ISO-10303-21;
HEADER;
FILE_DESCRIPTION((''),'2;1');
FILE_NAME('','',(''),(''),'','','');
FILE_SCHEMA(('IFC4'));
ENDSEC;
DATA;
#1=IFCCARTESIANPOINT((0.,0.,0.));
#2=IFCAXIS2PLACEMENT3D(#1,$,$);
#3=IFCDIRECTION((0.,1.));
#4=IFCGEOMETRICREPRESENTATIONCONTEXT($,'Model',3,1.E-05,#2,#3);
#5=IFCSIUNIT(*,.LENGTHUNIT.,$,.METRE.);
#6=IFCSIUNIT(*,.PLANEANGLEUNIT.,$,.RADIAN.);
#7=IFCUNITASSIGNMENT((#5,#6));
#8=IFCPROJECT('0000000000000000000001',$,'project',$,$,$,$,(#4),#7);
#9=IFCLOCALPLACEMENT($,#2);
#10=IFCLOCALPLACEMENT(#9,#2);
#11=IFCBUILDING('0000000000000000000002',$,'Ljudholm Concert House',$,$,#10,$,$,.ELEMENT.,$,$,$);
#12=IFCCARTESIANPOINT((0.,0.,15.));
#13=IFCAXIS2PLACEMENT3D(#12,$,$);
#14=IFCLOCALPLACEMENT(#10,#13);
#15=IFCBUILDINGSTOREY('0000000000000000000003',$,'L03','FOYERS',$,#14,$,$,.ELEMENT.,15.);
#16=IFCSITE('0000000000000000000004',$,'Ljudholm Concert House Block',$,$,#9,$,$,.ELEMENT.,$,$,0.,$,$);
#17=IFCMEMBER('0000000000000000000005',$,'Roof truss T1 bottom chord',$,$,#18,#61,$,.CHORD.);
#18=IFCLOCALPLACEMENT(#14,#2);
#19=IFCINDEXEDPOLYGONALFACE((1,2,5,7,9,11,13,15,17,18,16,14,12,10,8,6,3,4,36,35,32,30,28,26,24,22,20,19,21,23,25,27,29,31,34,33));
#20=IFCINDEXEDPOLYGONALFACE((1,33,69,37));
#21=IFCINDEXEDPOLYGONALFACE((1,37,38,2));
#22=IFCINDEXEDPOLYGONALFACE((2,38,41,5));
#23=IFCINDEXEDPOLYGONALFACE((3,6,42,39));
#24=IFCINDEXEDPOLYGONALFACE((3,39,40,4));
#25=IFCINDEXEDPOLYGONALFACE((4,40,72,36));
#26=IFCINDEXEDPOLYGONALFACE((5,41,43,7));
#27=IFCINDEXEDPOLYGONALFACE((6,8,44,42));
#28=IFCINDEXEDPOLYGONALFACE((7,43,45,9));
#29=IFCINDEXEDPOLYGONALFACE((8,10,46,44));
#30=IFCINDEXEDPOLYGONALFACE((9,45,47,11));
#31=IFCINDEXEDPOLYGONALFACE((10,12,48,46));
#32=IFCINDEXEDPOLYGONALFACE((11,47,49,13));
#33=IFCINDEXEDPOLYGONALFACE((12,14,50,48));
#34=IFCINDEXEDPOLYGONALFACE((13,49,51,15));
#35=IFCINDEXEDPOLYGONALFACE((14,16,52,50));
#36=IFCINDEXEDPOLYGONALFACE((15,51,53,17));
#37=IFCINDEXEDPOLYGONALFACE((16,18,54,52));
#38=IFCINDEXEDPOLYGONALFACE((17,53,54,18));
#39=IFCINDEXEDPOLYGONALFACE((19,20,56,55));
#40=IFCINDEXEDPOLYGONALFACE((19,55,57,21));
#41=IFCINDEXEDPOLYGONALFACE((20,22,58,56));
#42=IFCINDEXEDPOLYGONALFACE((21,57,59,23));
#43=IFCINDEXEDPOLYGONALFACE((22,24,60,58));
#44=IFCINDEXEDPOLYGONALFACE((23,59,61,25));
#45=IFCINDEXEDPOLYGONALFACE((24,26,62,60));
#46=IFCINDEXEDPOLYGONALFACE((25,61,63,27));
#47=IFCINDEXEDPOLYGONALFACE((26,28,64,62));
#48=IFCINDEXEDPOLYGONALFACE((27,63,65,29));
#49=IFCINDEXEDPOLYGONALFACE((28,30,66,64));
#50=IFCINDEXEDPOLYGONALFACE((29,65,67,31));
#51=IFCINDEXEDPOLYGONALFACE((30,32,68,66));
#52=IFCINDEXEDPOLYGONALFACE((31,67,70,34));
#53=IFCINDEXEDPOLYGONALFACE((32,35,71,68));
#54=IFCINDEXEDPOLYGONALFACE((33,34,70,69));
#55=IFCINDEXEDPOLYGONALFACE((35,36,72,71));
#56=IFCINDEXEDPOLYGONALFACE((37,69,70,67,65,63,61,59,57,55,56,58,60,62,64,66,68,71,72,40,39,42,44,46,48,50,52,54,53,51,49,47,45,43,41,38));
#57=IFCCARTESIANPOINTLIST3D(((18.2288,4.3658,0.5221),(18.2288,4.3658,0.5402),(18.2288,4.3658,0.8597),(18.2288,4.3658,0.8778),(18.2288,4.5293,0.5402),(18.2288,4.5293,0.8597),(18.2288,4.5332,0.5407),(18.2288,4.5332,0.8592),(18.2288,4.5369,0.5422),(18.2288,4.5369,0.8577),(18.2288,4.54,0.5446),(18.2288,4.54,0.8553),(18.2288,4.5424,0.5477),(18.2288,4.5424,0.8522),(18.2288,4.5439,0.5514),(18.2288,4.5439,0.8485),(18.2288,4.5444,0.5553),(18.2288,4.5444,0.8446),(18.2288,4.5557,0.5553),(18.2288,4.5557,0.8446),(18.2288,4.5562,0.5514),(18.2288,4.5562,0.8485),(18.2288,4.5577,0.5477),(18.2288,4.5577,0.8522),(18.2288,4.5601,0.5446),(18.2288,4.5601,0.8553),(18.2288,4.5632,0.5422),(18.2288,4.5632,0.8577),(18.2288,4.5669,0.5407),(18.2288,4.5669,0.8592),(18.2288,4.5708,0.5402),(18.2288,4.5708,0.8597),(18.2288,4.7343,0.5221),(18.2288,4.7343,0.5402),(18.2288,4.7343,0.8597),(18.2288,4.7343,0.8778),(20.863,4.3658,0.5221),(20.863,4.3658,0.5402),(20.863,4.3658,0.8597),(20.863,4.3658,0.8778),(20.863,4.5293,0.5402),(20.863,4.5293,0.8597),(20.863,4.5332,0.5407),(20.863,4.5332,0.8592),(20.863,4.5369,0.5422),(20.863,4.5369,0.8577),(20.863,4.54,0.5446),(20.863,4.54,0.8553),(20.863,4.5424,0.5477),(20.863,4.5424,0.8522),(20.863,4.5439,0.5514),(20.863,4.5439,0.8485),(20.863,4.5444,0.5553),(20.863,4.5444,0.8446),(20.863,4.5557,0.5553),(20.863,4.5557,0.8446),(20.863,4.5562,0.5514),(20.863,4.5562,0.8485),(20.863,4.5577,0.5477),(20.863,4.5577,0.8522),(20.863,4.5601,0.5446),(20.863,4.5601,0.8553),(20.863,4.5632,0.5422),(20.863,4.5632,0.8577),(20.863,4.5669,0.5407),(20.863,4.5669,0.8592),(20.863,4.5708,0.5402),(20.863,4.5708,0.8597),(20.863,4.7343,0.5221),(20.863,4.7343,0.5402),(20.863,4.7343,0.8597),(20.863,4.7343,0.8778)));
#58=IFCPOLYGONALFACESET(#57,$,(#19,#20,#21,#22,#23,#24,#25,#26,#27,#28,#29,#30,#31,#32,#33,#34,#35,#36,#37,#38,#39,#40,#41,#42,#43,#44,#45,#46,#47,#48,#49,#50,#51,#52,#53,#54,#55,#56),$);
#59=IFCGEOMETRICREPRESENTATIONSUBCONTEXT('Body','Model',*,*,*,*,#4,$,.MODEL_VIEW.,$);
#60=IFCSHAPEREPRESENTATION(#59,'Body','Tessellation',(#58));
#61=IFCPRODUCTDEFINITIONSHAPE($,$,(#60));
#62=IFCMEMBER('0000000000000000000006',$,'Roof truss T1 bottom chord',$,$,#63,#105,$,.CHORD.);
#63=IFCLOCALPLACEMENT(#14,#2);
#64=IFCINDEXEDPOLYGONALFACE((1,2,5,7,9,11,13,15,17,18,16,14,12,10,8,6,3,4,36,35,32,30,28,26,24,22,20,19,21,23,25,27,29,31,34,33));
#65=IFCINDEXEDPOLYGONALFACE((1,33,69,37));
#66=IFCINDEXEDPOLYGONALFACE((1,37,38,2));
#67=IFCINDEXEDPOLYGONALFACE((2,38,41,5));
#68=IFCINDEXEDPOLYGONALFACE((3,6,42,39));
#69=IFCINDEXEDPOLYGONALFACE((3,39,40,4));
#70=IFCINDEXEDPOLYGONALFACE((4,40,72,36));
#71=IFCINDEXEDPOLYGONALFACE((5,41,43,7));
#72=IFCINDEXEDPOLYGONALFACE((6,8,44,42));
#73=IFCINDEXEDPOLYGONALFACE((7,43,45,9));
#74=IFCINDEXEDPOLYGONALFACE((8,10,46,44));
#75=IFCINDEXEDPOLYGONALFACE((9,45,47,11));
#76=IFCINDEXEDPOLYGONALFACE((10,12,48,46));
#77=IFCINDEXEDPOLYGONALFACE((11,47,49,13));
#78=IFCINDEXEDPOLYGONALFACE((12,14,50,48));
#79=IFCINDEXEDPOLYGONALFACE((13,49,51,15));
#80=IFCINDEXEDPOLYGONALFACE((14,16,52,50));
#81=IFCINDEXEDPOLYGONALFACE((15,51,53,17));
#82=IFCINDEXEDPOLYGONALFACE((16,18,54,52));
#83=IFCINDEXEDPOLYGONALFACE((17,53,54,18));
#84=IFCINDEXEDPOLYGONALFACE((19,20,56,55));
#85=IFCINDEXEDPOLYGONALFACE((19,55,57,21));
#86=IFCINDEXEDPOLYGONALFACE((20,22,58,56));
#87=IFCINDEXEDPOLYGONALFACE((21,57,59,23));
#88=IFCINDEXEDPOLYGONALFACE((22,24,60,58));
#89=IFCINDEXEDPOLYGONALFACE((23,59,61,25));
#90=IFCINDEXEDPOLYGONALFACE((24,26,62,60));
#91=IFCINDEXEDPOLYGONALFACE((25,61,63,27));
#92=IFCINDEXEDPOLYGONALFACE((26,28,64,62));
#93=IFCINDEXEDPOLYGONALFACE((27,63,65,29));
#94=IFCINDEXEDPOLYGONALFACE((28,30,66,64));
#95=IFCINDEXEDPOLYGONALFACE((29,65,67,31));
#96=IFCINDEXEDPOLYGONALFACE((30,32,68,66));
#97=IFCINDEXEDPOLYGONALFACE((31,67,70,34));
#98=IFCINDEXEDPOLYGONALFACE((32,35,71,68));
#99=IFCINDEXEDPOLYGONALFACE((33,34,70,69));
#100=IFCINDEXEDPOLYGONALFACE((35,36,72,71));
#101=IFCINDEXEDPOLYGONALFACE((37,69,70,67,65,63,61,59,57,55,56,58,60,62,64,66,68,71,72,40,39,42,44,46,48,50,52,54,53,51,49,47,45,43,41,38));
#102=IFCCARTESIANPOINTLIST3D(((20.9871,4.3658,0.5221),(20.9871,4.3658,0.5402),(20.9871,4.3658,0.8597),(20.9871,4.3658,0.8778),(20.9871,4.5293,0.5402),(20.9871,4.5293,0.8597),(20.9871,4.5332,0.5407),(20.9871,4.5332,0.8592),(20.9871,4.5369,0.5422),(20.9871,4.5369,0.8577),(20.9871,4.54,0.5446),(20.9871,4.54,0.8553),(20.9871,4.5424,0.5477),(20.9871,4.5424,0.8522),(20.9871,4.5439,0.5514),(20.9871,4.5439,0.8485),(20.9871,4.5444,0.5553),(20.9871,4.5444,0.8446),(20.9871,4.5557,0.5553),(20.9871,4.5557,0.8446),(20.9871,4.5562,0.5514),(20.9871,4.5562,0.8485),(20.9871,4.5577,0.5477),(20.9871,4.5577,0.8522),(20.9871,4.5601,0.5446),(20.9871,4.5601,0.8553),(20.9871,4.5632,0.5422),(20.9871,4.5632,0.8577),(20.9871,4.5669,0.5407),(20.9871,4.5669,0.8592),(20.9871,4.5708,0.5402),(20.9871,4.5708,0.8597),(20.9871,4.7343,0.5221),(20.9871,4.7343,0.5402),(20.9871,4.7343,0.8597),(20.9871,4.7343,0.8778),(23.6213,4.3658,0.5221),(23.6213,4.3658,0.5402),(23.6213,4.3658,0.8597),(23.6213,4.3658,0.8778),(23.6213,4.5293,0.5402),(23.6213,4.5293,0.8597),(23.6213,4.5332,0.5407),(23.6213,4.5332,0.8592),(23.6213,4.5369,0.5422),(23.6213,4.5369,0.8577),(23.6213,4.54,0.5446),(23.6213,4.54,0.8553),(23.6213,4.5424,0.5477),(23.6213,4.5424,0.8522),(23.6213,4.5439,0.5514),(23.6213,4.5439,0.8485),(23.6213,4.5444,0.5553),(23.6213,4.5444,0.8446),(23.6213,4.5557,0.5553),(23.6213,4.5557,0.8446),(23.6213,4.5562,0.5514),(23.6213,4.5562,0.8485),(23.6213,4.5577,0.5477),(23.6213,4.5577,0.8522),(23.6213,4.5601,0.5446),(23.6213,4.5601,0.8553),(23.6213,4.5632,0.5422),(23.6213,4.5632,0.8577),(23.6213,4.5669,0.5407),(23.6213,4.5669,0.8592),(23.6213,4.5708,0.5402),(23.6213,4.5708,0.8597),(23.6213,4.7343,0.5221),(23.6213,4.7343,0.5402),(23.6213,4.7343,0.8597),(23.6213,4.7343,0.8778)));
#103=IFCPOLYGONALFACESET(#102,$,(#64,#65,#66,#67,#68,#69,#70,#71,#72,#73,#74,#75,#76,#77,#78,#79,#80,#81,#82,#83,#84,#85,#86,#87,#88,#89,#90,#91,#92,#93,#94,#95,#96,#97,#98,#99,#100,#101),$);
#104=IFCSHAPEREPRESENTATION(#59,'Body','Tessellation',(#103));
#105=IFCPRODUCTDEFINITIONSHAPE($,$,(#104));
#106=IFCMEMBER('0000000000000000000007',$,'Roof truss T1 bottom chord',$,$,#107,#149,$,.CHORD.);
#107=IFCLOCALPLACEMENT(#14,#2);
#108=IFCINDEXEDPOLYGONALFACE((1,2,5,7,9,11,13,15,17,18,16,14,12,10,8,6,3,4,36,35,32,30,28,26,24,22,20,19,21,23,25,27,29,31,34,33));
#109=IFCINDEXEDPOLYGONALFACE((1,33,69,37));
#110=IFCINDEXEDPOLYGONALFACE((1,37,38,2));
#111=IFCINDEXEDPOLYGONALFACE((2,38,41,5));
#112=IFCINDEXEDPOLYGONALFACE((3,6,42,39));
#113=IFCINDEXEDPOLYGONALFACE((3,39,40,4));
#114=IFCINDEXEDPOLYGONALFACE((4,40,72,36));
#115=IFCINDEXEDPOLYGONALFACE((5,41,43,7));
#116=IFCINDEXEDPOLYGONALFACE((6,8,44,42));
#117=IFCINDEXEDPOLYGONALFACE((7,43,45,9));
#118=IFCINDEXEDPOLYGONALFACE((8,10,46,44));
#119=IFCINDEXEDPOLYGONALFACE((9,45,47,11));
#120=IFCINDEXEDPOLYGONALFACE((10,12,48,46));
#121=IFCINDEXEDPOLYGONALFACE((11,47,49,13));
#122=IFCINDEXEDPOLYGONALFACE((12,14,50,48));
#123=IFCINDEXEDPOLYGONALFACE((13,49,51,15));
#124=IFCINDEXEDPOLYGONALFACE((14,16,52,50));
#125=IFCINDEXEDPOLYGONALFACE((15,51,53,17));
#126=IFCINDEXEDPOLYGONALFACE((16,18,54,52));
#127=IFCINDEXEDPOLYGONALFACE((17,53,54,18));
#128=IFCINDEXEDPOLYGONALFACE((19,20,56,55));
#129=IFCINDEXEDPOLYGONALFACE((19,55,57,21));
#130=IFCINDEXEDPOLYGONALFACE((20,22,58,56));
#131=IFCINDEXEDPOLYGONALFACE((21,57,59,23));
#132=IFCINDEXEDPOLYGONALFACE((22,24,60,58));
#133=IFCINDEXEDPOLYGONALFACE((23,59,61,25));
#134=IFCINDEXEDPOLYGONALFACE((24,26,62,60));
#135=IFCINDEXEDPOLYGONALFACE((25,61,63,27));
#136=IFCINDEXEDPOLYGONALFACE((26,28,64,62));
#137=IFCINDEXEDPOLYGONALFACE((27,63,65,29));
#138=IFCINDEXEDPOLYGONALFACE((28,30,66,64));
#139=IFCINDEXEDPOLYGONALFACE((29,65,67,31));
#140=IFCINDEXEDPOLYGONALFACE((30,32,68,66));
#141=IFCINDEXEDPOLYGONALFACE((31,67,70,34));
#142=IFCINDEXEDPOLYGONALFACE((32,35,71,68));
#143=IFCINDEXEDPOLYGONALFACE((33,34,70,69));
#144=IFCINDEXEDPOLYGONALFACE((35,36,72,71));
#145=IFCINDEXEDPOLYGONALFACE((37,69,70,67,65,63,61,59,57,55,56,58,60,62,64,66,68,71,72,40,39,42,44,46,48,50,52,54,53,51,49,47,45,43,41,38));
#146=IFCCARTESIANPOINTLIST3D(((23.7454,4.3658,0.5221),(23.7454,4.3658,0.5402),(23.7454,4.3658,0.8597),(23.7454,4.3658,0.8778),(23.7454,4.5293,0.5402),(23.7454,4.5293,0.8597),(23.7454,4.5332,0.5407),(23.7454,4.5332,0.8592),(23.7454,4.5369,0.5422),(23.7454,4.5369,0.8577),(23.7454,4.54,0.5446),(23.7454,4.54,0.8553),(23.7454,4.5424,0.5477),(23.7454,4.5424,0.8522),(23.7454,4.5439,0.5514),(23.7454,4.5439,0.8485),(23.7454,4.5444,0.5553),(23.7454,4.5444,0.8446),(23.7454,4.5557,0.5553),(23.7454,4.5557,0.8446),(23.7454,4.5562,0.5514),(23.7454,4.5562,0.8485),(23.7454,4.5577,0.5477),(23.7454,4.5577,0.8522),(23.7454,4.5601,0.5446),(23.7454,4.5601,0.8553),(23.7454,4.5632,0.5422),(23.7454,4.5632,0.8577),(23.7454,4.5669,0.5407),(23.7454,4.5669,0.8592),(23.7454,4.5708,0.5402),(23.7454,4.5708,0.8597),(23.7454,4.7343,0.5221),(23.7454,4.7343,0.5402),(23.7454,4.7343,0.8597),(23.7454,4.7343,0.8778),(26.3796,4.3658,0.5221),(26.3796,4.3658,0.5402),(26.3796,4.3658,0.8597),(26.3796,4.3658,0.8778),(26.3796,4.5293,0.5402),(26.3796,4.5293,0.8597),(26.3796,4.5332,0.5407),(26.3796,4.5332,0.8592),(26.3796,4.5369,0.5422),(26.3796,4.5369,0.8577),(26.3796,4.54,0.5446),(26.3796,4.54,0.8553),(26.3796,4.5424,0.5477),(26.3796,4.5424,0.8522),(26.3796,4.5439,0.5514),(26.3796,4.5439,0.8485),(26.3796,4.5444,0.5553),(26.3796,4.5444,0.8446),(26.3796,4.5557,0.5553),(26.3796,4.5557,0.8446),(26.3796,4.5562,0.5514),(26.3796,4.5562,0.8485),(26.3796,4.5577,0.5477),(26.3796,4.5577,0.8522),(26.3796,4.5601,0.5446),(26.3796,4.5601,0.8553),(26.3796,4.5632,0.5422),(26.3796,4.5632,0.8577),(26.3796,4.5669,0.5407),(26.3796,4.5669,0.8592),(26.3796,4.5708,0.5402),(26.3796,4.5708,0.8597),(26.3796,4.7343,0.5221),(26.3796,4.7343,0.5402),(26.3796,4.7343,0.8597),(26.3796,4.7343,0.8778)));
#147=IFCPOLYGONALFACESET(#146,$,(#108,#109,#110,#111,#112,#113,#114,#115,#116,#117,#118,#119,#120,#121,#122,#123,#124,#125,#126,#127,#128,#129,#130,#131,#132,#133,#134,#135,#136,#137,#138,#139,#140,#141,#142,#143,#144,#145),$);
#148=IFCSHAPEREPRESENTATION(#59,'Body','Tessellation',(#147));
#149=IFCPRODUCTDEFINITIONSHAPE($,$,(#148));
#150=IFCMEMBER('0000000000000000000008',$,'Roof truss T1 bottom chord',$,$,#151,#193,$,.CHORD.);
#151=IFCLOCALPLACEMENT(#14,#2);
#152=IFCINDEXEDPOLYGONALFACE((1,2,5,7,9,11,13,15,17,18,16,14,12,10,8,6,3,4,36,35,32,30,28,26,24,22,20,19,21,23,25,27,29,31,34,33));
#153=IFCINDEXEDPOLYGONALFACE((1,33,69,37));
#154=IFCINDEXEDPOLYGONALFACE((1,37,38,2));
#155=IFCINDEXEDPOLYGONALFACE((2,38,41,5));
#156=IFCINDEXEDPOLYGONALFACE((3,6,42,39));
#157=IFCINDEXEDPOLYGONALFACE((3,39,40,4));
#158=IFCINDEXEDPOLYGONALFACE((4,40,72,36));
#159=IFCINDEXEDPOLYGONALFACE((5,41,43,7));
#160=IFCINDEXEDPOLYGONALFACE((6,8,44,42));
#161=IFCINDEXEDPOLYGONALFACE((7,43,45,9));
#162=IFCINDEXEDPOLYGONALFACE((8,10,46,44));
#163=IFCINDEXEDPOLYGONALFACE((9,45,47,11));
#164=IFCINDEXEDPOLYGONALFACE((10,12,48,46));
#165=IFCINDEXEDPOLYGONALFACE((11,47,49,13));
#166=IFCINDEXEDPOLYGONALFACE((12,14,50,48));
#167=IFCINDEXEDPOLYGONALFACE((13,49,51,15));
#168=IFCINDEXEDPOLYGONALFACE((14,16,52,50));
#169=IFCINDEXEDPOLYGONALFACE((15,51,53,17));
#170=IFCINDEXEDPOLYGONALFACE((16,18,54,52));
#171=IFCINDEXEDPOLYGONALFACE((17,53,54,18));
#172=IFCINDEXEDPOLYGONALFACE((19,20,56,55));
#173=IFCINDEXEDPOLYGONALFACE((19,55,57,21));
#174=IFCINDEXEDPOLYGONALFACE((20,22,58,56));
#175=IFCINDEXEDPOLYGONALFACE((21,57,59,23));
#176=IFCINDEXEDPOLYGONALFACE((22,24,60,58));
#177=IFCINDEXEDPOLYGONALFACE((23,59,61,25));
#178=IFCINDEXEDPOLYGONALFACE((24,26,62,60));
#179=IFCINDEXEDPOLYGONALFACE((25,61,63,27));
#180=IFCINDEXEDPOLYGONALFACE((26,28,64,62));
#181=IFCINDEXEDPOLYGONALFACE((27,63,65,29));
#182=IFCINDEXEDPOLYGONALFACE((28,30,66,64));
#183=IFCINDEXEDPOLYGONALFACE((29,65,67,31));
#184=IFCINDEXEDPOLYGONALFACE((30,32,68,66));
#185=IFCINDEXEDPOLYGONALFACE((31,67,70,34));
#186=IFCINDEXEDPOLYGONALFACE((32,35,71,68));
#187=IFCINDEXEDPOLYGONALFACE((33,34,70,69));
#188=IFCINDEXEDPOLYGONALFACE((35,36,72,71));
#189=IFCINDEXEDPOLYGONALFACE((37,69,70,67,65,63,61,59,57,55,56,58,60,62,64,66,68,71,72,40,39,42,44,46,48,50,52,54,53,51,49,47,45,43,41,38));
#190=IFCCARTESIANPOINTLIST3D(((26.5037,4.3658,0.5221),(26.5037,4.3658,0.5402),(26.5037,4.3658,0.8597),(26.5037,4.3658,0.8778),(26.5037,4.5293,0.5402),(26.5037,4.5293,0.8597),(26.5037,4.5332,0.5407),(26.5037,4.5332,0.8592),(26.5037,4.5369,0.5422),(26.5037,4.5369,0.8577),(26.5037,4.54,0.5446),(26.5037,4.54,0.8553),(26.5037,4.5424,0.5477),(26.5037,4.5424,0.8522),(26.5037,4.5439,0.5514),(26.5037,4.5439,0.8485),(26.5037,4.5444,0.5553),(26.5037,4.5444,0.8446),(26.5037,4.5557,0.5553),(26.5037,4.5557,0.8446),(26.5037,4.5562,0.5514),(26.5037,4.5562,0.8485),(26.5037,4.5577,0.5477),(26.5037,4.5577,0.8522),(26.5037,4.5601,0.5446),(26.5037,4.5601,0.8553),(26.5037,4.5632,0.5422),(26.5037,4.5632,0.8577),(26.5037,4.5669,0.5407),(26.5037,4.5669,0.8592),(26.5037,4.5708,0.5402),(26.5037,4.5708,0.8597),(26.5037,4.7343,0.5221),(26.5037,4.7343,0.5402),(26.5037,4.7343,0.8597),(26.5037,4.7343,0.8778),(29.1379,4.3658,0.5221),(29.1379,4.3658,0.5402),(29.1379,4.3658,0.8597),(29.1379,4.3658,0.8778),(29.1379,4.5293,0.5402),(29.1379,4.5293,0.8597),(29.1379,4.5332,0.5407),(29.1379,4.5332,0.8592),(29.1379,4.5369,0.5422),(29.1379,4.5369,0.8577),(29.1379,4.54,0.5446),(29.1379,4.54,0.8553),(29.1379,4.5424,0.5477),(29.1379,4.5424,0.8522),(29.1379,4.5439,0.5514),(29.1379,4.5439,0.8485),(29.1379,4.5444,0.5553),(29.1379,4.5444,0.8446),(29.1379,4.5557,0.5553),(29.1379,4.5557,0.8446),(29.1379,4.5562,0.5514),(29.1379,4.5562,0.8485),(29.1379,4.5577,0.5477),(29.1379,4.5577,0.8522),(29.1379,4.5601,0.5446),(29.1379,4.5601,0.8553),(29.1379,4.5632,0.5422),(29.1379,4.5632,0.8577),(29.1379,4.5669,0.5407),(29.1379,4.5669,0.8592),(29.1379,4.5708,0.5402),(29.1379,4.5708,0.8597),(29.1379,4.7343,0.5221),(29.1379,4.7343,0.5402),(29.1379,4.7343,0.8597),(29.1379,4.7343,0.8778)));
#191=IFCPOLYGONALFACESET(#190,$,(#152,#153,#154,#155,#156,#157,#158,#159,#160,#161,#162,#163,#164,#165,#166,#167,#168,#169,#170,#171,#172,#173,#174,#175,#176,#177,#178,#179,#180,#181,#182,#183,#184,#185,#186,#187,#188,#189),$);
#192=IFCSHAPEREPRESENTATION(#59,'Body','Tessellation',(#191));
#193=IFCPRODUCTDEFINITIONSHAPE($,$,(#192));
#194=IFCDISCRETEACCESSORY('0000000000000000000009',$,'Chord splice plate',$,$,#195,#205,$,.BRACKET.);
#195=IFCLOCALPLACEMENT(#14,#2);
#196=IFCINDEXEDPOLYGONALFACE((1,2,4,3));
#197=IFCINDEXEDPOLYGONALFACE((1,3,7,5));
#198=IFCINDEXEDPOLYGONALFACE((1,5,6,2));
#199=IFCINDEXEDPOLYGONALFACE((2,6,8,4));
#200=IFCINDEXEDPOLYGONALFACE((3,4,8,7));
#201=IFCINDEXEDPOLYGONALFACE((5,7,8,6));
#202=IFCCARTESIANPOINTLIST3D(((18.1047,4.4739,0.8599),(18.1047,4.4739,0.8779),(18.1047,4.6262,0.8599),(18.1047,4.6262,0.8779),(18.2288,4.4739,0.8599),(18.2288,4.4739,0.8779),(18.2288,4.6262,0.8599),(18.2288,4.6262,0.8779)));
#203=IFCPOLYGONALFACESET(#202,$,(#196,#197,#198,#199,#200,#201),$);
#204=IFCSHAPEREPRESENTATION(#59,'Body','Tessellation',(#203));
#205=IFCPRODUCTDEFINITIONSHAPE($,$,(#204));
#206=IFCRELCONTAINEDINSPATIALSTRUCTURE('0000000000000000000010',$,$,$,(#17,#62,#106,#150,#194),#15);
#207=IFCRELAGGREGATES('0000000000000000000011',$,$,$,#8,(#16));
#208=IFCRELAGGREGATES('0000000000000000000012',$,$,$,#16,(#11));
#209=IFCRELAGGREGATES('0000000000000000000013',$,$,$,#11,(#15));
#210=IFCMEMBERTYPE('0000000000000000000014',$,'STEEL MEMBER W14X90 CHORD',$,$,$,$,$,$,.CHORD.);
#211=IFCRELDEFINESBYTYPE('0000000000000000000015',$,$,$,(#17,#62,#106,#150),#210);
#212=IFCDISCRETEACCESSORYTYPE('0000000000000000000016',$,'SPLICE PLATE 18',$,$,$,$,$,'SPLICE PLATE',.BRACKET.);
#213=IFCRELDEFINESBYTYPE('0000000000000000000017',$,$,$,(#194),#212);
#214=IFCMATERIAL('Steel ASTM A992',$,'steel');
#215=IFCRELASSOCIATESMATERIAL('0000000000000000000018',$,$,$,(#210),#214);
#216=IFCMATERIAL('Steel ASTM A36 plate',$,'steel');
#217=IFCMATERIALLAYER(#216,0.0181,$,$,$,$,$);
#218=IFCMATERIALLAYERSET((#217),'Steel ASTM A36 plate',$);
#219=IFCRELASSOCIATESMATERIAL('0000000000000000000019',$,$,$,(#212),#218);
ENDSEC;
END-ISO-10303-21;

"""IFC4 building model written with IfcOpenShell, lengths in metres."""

from ifc_helpers import new_model, si_unit, direction, frame, origin, origin_2d, place, context, subcontext, project, spatial, rectangle, i_section, extrude, material, layer, layer_set, material_profile, profile_set, type_object, element, save


model = new_model("IFC4")

# Units and contexts
model_context = context("Model", 3, precision=1e-05, world=origin(), true_north=direction((0.0, 1.0)))
body_context = subcontext(model_context, "Body", "Model", "MODEL_VIEW")
ifc_project = project(units=[si_unit("LENGTHUNIT", "METRE"), si_unit("PLANEANGLEUNIT", "RADIAN")], contexts=[model_context])

# Site, building, storey
site_placement = place(None, origin())
site = spatial("IfcSite", under=ifc_project, at=site_placement, Name="Ljudholm Concert House Block", CompositionType="ELEMENT", RefElevation=0.0)
building_placement = place(site_placement, origin())
building = spatial("IfcBuilding", under=site, at=building_placement, Name="Ljudholm Concert House", CompositionType="ELEMENT")
storey_placement = place(building_placement, frame((0.0, 0.0, 15.0)))
storey = spatial("IfcBuildingStorey", under=building, at=storey_placement, Name="L03", Description="FOYERS", CompositionType="ELEMENT", Elevation=15.0)

# Members
ifc_material_1 = material(Name="Steel ASTM A992", Category="steel")
ifc_material_profile = material_profile(ifc_material_1, i_section(OverallWidth=0.3684, OverallDepth=0.3557, WebThickness=0.0112, FlangeThickness=0.0181, FilletRadius=0.0151, at=origin_2d()), Name="W14X90")
ifc_profile_set = profile_set([ifc_material_profile], Name="Steel ASTM A992")
member_type = type_object("IfcMemberType", Name="STEEL MEMBER W14X90 CHORD", PredefinedType="CHORD", material=ifc_profile_set)
for number, where, z_axis, x_axis, name in (
    (1, (18.2288, 4.55, 0.7), (1.0, 0.0, 0.0), (0.0, 1.0, 0.0), "Roof truss T1 bottom chord"),
    (2, (20.9871, 4.55, 0.7), (1.0, 0.0, 0.0), (0.0, 1.0, 0.0), "Roof truss T1 bottom chord"),
    (3, (23.7454, 4.55, 0.7), (1.0, 0.0, 0.0), (0.0, 1.0, 0.0), "Roof truss T1 bottom chord"),
    (4, (26.5037, 4.55, 0.7), (1.0, 0.0, 0.0), (0.0, 1.0, 0.0), "Roof truss T1 bottom chord"),
):
    element("IfcMember", number, at=place(storey_placement, frame(where, z_axis=z_axis, x_axis=x_axis)), inside=storey, type_object=member_type, Name=name, PredefinedType="CHORD", context=body_context, shape_type="SweptSolid", body=[
        extrude(i_section(OverallWidth=0.3684, OverallDepth=0.3557, WebThickness=0.0112, FlangeThickness=0.0181, FilletRadius=0.0151, at=origin_2d()), origin(), (0.0, 0.0, 1.0), 2.6343),
    ])

# Discrete accessory
ifc_material_2 = material(Name="Steel ASTM A36 plate", Category="steel")
ifc_layer_1 = layer(ifc_material_2, 0.0181)
ifc_layer_set_1 = layer_set([ifc_layer_1], Name="Steel ASTM A36 plate")
discrete_accessory_type_1 = type_object("IfcDiscreteAccessoryType", Name="SPLICE PLATE 18", ElementType="SPLICE PLATE", PredefinedType="BRACKET", material=ifc_layer_set_1)
discrete_accessory_1_placement = place(storey_placement, frame((18.1667, 4.55, 0.8599), z_axis=(0.0, 0.0, 1.0), x_axis=(1.0, 0.0, 0.0)))
element("IfcDiscreteAccessory", 5, at=discrete_accessory_1_placement, inside=storey, type_object=discrete_accessory_type_1, Name="Chord splice plate", PredefinedType="BRACKET", context=body_context, shape_type="SweptSolid", body=[
    extrude(rectangle(XDim=0.124, YDim=0.1523, at=origin_2d()), origin(), (0.0, 0.0, 1.0), 0.0181),
])

save(model, "model.ifc")
